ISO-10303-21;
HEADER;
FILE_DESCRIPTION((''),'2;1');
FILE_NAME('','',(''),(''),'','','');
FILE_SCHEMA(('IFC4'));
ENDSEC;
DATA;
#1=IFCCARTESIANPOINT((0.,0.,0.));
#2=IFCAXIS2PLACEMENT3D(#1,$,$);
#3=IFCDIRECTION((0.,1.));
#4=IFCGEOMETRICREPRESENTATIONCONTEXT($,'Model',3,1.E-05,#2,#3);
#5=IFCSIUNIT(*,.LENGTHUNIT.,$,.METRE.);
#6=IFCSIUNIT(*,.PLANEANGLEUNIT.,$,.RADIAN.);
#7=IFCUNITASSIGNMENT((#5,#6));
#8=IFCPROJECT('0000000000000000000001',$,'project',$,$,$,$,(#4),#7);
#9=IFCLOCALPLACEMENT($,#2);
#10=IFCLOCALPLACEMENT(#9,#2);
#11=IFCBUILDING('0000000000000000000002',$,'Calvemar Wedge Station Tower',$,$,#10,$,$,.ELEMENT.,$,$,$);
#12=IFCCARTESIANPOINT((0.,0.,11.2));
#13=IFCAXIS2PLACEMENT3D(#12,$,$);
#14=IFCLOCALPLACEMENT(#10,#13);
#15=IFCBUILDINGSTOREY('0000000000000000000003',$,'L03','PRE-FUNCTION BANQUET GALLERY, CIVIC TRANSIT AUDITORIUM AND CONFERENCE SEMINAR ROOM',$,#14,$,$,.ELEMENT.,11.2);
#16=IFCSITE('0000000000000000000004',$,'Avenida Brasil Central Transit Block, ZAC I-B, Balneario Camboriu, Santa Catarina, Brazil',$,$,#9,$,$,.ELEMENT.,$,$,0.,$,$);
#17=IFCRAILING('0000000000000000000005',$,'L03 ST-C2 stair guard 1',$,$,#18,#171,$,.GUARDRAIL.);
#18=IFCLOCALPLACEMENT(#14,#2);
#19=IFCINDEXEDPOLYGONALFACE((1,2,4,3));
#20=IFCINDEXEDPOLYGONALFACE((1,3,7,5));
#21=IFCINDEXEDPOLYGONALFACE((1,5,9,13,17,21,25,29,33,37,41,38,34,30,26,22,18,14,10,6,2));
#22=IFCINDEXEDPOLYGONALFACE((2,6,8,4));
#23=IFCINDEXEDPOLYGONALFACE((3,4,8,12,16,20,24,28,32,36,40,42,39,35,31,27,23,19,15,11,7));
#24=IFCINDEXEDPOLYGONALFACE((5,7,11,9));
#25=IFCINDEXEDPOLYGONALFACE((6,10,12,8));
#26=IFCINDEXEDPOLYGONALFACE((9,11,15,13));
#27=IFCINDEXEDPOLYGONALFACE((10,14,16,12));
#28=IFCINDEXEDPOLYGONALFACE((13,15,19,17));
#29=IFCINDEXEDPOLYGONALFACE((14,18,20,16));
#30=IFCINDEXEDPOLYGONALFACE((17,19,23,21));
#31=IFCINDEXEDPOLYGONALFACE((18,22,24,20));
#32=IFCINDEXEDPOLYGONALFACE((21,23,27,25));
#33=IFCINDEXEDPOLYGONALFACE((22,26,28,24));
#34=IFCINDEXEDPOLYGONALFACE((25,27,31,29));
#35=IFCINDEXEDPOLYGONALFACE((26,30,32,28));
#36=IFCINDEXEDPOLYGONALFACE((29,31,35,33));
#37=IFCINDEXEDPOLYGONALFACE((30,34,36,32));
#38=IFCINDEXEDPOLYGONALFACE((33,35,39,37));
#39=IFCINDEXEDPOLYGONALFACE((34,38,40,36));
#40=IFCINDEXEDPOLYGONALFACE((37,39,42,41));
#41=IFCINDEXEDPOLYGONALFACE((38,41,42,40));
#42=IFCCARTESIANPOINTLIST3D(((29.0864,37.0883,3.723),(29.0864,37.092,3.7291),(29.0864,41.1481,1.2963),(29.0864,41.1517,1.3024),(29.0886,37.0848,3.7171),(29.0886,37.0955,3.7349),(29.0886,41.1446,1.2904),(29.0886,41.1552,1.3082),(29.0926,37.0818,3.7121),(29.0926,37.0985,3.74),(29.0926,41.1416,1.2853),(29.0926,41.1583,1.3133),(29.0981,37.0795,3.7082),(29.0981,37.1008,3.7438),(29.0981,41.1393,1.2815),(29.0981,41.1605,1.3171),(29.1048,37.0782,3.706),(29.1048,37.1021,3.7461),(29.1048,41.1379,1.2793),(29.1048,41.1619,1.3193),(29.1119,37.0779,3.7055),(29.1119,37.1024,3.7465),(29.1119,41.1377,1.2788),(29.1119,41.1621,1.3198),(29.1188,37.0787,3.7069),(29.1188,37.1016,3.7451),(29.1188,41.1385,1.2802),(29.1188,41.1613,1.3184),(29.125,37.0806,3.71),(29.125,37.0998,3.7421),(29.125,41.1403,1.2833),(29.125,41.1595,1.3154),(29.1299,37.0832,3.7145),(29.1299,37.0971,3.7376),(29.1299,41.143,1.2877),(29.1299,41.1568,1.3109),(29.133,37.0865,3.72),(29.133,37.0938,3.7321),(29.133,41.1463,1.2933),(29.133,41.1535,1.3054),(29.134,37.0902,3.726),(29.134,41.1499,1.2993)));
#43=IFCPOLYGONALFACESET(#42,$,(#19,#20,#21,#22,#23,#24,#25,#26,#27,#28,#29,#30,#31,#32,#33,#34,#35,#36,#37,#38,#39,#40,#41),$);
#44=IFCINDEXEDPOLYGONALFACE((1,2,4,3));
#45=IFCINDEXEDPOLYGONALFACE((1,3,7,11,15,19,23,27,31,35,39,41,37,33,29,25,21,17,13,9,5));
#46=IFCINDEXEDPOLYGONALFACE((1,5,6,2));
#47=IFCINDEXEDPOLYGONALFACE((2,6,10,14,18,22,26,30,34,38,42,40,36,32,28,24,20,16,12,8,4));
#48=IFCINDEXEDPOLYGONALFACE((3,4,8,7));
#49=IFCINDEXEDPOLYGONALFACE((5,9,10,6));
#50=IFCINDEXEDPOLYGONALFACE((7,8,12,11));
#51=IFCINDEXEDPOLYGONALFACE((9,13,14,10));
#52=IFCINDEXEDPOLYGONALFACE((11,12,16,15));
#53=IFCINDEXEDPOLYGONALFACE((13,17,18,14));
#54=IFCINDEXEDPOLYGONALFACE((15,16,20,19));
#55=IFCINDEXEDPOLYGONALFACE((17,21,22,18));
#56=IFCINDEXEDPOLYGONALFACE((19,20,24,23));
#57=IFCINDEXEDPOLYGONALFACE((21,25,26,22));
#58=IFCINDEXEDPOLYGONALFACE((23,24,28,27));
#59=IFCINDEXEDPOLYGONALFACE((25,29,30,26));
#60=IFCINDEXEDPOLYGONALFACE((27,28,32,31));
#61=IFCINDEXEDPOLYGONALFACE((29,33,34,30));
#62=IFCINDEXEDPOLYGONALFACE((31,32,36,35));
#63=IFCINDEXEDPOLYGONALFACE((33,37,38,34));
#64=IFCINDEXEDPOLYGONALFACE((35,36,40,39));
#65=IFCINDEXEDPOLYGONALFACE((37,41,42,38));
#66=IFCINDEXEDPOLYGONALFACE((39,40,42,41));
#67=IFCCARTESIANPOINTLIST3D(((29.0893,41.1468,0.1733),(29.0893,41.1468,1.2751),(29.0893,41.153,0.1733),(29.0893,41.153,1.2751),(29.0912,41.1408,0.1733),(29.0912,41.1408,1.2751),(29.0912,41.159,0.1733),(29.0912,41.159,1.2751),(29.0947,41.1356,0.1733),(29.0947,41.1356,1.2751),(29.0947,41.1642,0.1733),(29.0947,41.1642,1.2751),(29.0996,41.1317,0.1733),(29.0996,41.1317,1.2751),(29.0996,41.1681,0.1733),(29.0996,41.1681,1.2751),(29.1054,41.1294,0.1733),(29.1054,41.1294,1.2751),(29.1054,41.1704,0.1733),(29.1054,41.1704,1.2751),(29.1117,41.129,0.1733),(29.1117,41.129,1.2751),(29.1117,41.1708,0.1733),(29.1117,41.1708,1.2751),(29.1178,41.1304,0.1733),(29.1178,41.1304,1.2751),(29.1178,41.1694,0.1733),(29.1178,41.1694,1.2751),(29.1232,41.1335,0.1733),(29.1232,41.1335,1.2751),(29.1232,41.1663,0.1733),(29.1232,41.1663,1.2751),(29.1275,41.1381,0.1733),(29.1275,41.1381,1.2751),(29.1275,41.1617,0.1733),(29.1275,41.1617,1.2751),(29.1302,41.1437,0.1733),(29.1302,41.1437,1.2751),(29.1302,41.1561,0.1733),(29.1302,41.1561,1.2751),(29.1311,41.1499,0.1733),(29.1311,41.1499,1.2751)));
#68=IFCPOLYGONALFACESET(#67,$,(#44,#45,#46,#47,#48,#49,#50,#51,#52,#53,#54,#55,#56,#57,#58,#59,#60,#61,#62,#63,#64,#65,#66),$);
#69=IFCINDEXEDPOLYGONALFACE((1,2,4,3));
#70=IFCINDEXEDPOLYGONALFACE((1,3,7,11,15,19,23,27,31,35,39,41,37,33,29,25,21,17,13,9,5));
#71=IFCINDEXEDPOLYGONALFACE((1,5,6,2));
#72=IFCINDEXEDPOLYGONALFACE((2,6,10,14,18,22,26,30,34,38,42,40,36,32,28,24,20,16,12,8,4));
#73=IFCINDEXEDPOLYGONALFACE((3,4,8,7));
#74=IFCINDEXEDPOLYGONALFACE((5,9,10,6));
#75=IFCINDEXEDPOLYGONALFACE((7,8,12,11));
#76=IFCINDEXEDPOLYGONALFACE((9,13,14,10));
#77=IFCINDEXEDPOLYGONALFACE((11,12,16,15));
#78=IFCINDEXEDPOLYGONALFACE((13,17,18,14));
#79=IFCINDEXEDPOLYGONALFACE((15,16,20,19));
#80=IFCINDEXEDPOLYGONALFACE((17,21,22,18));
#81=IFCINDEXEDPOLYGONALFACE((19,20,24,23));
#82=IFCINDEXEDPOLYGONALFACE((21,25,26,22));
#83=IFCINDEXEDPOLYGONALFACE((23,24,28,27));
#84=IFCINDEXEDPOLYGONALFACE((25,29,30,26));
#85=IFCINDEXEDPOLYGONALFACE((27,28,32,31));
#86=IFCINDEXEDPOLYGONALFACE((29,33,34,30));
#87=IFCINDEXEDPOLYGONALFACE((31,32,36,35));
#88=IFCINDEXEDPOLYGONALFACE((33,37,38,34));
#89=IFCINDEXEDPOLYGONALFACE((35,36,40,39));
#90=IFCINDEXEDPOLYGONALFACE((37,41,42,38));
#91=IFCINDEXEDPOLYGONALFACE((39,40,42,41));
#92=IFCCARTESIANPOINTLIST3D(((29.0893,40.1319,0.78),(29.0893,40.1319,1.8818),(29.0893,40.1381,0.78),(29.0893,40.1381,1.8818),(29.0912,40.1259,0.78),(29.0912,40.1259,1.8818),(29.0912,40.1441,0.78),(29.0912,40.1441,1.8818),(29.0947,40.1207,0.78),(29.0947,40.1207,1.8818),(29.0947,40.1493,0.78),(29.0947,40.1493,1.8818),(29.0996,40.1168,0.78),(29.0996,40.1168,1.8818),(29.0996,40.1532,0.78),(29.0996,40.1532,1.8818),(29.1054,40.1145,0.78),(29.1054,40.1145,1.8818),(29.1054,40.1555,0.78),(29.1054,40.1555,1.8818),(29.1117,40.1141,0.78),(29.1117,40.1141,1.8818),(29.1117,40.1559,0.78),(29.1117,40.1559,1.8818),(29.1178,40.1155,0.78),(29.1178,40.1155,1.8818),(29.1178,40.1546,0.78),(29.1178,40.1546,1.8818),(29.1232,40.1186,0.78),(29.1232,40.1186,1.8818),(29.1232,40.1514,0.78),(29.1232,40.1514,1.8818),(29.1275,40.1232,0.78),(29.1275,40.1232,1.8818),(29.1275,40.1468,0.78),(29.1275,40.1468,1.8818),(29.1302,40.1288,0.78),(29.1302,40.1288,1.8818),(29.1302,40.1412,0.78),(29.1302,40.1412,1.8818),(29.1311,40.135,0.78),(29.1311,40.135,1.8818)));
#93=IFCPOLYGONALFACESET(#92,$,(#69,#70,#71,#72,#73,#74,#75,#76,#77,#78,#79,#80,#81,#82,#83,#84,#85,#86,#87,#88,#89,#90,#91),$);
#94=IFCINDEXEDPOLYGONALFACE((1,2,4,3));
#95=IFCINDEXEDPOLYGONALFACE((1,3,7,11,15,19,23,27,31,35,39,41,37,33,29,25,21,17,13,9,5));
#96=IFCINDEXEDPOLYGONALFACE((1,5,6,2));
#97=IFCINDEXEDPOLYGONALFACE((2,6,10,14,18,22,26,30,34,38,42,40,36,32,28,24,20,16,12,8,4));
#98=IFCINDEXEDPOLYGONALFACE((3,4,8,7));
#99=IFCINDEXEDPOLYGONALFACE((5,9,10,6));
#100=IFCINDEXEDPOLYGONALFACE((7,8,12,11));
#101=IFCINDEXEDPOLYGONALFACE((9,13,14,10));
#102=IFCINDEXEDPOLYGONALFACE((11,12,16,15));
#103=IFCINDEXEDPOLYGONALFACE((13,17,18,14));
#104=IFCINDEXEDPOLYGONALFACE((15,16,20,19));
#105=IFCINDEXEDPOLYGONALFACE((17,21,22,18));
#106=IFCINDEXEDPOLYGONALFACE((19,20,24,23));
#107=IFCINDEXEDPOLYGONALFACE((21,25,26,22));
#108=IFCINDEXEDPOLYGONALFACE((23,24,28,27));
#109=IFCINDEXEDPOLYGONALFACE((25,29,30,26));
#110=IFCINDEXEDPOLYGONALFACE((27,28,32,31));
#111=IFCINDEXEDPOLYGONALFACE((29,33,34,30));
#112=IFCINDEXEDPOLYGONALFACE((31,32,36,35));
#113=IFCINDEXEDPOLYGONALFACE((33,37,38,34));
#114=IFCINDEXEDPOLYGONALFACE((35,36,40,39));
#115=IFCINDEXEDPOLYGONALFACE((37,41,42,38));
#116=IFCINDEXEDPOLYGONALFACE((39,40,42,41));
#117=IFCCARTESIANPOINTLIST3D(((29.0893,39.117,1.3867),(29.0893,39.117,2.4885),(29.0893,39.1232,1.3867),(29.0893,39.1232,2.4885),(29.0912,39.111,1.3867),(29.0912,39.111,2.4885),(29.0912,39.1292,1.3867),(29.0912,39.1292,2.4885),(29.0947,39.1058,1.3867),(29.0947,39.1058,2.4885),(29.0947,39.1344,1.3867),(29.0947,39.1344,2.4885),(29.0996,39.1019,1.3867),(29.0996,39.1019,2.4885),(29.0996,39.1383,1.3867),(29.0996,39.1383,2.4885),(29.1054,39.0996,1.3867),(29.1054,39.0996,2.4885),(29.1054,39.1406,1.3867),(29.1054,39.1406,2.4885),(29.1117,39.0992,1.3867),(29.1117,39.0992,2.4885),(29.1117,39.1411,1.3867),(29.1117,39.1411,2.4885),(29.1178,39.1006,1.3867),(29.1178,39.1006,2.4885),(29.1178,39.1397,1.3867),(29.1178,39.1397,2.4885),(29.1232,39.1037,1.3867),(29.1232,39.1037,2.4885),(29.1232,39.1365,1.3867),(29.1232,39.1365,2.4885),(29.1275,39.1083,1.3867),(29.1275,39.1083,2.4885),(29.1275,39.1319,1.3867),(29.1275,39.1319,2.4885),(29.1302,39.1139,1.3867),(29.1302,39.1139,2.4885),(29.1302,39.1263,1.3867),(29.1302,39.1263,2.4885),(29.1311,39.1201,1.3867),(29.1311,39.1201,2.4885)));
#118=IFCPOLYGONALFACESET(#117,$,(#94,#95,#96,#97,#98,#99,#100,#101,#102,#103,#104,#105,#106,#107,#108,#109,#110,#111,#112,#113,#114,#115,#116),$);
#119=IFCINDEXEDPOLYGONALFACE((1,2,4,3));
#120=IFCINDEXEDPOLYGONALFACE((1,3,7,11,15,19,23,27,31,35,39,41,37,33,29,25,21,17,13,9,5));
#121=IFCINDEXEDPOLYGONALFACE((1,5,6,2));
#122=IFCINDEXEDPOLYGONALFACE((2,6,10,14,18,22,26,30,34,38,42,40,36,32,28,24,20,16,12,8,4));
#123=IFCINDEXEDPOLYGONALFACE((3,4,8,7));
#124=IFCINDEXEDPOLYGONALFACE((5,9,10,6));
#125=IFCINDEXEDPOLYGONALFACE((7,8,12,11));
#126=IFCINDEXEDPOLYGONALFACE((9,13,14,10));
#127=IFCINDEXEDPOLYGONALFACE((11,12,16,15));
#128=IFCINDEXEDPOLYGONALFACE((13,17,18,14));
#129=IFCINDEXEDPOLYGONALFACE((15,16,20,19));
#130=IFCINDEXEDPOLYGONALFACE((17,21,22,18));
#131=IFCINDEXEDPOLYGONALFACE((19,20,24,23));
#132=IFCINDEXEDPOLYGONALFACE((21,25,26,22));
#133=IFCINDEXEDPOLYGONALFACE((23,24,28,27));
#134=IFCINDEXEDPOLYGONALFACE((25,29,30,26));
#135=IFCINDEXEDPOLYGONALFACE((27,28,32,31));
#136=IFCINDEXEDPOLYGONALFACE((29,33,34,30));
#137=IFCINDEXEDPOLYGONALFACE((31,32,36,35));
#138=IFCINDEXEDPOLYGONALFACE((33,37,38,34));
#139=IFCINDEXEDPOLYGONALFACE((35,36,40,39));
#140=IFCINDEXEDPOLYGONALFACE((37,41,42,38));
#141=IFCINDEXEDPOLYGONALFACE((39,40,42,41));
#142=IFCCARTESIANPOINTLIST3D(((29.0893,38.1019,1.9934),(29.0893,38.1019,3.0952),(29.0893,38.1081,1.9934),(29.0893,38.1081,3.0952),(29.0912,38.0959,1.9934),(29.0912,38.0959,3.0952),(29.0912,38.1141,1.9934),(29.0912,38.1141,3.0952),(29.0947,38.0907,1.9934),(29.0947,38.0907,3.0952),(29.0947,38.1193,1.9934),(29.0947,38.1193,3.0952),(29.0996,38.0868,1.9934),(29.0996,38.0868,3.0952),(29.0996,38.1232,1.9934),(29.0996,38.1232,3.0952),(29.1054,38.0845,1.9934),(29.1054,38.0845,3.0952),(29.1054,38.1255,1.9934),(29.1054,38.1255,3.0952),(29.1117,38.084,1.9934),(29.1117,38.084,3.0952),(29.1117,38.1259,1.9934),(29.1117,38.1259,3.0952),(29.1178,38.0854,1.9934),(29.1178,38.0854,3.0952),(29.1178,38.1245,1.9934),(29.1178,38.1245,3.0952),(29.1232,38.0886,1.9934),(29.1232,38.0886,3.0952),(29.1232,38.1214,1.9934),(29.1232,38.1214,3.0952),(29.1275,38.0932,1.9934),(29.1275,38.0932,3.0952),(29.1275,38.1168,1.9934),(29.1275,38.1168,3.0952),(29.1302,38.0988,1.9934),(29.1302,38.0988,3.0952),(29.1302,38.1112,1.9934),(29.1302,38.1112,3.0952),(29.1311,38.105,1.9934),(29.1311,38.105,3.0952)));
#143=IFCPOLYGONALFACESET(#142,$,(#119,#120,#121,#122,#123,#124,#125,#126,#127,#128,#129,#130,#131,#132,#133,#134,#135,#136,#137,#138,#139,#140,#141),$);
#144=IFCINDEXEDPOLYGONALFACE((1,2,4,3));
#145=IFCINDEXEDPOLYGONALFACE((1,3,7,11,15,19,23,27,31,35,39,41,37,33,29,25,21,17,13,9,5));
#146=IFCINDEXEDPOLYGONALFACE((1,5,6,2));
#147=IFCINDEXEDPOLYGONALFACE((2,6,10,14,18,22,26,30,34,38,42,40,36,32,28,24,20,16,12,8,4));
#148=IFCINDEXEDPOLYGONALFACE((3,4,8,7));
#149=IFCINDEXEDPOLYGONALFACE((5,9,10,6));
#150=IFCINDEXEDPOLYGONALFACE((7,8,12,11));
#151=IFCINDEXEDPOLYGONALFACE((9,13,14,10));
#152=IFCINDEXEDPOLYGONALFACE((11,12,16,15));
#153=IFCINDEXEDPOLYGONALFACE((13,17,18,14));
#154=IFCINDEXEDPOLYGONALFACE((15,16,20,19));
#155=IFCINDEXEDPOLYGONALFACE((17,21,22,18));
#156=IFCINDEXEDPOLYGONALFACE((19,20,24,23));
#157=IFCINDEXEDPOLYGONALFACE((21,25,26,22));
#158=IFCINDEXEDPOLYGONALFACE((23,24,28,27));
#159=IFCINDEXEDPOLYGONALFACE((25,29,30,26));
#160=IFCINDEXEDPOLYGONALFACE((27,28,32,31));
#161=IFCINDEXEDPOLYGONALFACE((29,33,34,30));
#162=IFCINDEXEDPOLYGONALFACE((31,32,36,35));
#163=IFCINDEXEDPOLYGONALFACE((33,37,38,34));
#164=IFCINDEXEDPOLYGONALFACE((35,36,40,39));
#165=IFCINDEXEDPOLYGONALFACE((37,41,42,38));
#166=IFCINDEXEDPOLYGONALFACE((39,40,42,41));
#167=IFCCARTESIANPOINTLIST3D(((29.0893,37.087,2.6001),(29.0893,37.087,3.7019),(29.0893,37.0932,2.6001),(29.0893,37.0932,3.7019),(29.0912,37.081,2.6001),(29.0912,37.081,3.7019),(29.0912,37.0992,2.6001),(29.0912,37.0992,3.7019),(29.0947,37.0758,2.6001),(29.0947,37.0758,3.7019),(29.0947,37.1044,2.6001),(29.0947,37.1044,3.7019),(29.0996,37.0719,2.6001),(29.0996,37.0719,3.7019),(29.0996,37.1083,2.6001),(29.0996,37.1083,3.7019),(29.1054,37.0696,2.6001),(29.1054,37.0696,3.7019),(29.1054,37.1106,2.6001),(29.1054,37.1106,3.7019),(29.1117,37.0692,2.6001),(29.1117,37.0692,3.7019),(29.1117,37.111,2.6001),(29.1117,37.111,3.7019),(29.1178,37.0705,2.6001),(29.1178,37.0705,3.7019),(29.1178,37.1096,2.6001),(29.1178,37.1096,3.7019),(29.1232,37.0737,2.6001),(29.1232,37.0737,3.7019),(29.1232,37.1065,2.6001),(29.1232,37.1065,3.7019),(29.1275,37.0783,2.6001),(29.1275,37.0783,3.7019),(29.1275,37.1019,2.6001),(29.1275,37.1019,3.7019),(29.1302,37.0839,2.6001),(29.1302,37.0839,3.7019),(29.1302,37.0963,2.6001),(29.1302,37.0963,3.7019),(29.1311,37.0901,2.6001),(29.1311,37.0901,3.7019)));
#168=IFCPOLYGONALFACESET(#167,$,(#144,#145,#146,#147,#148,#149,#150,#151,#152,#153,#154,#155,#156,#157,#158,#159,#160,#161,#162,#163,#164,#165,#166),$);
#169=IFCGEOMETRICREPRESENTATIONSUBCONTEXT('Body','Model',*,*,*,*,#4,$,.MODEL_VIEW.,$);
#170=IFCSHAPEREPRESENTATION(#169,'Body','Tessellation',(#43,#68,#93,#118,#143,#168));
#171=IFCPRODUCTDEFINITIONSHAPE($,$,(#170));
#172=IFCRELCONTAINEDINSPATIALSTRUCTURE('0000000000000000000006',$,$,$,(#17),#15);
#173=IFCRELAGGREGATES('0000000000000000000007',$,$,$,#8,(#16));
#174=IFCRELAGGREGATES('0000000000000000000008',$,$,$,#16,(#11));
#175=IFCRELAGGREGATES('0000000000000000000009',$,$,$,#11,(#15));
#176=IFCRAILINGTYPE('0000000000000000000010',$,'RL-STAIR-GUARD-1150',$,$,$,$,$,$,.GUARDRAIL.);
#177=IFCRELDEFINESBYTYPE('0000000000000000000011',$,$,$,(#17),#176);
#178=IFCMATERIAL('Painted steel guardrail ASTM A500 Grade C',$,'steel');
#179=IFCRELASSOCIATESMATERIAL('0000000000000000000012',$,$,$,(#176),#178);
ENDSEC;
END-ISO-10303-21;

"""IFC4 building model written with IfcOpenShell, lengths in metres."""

from ifc_helpers import new_model, si_unit, direction, frame, origin, origin_2d, place, context, subcontext, project, spatial, circle, extrude, material, type_object, element, save


model = new_model("IFC4")

# Units and contexts
model_context = context("Model", 3, precision=1e-05, world=origin(), true_north=direction((0.0, 1.0)))
body_context = subcontext(model_context, "Body", "Model", "MODEL_VIEW")
ifc_project = project(units=[si_unit("LENGTHUNIT", "METRE"), si_unit("PLANEANGLEUNIT", "RADIAN")], contexts=[model_context])

# Site, building, storey
site_placement = place(None, origin())
site = spatial("IfcSite", under=ifc_project, at=site_placement, Name="Avenida Brasil Central Transit Block, ZAC I-B, Balneario Camboriu, Santa Catarina, Brazil", CompositionType="ELEMENT", RefElevation=0.0)
building_placement = place(site_placement, origin())
building = spatial("IfcBuilding", under=site, at=building_placement, Name="Calvemar Wedge Station Tower", CompositionType="ELEMENT")
storey_placement = place(building_placement, frame((0.0, 0.0, 11.2)))
storey = spatial("IfcBuildingStorey", under=building, at=storey_placement, Name="L03", Description="PRE-FUNCTION BANQUET GALLERY, CIVIC TRANSIT AUDITORIUM AND CONFERENCE SEMINAR ROOM", CompositionType="ELEMENT", Elevation=11.2)

# Railing
ifc_material_1 = material(Name="Painted steel guardrail ASTM A500 Grade C", Category="steel")
railing_type_1 = type_object("IfcRailingType", Name="RL-STAIR-GUARD-1150", PredefinedType="GUARDRAIL", material=ifc_material_1)
railing_1_placement = place(storey_placement, frame((29.1101, 41.1499, 0.1733)))
element("IfcRailing", 1, at=railing_1_placement, inside=storey, type_object=railing_type_1, Name="L03 ST-C2 stair guard 1", PredefinedType="GUARDRAIL", context=body_context, shape_type="SweptSolid", body=[
    extrude(circle(Radius=0.0239, at=origin_2d()), frame((0.0, 0.0, 1.126), z_axis=(0.0, -0.858343, 0.513076), x_axis=(1.0, 0.0, 0.0)), (0.0, 0.0, 1.0), 4.7297),
    extrude(circle(Radius=0.021, at=origin_2d()), origin(), (0.0, 0.0, 1.0), 1.1018),
    extrude(circle(Radius=0.021, at=origin_2d()), frame((0.0, -1.0149, 0.6067)), (0.0, 0.0, 1.0), 1.1018),
    extrude(circle(Radius=0.021, at=origin_2d()), frame((0.0, -2.0298, 1.2134)), (0.0, 0.0, 1.0), 1.1018),
    extrude(circle(Radius=0.021, at=origin_2d()), frame((0.0, -3.0449, 1.8201)), (0.0, 0.0, 1.0), 1.1018),
    extrude(circle(Radius=0.021, at=origin_2d()), frame((0.0, -4.0598, 2.4268)), (0.0, 0.0, 1.0), 1.1018),
])

save(model, "model.ifc")
